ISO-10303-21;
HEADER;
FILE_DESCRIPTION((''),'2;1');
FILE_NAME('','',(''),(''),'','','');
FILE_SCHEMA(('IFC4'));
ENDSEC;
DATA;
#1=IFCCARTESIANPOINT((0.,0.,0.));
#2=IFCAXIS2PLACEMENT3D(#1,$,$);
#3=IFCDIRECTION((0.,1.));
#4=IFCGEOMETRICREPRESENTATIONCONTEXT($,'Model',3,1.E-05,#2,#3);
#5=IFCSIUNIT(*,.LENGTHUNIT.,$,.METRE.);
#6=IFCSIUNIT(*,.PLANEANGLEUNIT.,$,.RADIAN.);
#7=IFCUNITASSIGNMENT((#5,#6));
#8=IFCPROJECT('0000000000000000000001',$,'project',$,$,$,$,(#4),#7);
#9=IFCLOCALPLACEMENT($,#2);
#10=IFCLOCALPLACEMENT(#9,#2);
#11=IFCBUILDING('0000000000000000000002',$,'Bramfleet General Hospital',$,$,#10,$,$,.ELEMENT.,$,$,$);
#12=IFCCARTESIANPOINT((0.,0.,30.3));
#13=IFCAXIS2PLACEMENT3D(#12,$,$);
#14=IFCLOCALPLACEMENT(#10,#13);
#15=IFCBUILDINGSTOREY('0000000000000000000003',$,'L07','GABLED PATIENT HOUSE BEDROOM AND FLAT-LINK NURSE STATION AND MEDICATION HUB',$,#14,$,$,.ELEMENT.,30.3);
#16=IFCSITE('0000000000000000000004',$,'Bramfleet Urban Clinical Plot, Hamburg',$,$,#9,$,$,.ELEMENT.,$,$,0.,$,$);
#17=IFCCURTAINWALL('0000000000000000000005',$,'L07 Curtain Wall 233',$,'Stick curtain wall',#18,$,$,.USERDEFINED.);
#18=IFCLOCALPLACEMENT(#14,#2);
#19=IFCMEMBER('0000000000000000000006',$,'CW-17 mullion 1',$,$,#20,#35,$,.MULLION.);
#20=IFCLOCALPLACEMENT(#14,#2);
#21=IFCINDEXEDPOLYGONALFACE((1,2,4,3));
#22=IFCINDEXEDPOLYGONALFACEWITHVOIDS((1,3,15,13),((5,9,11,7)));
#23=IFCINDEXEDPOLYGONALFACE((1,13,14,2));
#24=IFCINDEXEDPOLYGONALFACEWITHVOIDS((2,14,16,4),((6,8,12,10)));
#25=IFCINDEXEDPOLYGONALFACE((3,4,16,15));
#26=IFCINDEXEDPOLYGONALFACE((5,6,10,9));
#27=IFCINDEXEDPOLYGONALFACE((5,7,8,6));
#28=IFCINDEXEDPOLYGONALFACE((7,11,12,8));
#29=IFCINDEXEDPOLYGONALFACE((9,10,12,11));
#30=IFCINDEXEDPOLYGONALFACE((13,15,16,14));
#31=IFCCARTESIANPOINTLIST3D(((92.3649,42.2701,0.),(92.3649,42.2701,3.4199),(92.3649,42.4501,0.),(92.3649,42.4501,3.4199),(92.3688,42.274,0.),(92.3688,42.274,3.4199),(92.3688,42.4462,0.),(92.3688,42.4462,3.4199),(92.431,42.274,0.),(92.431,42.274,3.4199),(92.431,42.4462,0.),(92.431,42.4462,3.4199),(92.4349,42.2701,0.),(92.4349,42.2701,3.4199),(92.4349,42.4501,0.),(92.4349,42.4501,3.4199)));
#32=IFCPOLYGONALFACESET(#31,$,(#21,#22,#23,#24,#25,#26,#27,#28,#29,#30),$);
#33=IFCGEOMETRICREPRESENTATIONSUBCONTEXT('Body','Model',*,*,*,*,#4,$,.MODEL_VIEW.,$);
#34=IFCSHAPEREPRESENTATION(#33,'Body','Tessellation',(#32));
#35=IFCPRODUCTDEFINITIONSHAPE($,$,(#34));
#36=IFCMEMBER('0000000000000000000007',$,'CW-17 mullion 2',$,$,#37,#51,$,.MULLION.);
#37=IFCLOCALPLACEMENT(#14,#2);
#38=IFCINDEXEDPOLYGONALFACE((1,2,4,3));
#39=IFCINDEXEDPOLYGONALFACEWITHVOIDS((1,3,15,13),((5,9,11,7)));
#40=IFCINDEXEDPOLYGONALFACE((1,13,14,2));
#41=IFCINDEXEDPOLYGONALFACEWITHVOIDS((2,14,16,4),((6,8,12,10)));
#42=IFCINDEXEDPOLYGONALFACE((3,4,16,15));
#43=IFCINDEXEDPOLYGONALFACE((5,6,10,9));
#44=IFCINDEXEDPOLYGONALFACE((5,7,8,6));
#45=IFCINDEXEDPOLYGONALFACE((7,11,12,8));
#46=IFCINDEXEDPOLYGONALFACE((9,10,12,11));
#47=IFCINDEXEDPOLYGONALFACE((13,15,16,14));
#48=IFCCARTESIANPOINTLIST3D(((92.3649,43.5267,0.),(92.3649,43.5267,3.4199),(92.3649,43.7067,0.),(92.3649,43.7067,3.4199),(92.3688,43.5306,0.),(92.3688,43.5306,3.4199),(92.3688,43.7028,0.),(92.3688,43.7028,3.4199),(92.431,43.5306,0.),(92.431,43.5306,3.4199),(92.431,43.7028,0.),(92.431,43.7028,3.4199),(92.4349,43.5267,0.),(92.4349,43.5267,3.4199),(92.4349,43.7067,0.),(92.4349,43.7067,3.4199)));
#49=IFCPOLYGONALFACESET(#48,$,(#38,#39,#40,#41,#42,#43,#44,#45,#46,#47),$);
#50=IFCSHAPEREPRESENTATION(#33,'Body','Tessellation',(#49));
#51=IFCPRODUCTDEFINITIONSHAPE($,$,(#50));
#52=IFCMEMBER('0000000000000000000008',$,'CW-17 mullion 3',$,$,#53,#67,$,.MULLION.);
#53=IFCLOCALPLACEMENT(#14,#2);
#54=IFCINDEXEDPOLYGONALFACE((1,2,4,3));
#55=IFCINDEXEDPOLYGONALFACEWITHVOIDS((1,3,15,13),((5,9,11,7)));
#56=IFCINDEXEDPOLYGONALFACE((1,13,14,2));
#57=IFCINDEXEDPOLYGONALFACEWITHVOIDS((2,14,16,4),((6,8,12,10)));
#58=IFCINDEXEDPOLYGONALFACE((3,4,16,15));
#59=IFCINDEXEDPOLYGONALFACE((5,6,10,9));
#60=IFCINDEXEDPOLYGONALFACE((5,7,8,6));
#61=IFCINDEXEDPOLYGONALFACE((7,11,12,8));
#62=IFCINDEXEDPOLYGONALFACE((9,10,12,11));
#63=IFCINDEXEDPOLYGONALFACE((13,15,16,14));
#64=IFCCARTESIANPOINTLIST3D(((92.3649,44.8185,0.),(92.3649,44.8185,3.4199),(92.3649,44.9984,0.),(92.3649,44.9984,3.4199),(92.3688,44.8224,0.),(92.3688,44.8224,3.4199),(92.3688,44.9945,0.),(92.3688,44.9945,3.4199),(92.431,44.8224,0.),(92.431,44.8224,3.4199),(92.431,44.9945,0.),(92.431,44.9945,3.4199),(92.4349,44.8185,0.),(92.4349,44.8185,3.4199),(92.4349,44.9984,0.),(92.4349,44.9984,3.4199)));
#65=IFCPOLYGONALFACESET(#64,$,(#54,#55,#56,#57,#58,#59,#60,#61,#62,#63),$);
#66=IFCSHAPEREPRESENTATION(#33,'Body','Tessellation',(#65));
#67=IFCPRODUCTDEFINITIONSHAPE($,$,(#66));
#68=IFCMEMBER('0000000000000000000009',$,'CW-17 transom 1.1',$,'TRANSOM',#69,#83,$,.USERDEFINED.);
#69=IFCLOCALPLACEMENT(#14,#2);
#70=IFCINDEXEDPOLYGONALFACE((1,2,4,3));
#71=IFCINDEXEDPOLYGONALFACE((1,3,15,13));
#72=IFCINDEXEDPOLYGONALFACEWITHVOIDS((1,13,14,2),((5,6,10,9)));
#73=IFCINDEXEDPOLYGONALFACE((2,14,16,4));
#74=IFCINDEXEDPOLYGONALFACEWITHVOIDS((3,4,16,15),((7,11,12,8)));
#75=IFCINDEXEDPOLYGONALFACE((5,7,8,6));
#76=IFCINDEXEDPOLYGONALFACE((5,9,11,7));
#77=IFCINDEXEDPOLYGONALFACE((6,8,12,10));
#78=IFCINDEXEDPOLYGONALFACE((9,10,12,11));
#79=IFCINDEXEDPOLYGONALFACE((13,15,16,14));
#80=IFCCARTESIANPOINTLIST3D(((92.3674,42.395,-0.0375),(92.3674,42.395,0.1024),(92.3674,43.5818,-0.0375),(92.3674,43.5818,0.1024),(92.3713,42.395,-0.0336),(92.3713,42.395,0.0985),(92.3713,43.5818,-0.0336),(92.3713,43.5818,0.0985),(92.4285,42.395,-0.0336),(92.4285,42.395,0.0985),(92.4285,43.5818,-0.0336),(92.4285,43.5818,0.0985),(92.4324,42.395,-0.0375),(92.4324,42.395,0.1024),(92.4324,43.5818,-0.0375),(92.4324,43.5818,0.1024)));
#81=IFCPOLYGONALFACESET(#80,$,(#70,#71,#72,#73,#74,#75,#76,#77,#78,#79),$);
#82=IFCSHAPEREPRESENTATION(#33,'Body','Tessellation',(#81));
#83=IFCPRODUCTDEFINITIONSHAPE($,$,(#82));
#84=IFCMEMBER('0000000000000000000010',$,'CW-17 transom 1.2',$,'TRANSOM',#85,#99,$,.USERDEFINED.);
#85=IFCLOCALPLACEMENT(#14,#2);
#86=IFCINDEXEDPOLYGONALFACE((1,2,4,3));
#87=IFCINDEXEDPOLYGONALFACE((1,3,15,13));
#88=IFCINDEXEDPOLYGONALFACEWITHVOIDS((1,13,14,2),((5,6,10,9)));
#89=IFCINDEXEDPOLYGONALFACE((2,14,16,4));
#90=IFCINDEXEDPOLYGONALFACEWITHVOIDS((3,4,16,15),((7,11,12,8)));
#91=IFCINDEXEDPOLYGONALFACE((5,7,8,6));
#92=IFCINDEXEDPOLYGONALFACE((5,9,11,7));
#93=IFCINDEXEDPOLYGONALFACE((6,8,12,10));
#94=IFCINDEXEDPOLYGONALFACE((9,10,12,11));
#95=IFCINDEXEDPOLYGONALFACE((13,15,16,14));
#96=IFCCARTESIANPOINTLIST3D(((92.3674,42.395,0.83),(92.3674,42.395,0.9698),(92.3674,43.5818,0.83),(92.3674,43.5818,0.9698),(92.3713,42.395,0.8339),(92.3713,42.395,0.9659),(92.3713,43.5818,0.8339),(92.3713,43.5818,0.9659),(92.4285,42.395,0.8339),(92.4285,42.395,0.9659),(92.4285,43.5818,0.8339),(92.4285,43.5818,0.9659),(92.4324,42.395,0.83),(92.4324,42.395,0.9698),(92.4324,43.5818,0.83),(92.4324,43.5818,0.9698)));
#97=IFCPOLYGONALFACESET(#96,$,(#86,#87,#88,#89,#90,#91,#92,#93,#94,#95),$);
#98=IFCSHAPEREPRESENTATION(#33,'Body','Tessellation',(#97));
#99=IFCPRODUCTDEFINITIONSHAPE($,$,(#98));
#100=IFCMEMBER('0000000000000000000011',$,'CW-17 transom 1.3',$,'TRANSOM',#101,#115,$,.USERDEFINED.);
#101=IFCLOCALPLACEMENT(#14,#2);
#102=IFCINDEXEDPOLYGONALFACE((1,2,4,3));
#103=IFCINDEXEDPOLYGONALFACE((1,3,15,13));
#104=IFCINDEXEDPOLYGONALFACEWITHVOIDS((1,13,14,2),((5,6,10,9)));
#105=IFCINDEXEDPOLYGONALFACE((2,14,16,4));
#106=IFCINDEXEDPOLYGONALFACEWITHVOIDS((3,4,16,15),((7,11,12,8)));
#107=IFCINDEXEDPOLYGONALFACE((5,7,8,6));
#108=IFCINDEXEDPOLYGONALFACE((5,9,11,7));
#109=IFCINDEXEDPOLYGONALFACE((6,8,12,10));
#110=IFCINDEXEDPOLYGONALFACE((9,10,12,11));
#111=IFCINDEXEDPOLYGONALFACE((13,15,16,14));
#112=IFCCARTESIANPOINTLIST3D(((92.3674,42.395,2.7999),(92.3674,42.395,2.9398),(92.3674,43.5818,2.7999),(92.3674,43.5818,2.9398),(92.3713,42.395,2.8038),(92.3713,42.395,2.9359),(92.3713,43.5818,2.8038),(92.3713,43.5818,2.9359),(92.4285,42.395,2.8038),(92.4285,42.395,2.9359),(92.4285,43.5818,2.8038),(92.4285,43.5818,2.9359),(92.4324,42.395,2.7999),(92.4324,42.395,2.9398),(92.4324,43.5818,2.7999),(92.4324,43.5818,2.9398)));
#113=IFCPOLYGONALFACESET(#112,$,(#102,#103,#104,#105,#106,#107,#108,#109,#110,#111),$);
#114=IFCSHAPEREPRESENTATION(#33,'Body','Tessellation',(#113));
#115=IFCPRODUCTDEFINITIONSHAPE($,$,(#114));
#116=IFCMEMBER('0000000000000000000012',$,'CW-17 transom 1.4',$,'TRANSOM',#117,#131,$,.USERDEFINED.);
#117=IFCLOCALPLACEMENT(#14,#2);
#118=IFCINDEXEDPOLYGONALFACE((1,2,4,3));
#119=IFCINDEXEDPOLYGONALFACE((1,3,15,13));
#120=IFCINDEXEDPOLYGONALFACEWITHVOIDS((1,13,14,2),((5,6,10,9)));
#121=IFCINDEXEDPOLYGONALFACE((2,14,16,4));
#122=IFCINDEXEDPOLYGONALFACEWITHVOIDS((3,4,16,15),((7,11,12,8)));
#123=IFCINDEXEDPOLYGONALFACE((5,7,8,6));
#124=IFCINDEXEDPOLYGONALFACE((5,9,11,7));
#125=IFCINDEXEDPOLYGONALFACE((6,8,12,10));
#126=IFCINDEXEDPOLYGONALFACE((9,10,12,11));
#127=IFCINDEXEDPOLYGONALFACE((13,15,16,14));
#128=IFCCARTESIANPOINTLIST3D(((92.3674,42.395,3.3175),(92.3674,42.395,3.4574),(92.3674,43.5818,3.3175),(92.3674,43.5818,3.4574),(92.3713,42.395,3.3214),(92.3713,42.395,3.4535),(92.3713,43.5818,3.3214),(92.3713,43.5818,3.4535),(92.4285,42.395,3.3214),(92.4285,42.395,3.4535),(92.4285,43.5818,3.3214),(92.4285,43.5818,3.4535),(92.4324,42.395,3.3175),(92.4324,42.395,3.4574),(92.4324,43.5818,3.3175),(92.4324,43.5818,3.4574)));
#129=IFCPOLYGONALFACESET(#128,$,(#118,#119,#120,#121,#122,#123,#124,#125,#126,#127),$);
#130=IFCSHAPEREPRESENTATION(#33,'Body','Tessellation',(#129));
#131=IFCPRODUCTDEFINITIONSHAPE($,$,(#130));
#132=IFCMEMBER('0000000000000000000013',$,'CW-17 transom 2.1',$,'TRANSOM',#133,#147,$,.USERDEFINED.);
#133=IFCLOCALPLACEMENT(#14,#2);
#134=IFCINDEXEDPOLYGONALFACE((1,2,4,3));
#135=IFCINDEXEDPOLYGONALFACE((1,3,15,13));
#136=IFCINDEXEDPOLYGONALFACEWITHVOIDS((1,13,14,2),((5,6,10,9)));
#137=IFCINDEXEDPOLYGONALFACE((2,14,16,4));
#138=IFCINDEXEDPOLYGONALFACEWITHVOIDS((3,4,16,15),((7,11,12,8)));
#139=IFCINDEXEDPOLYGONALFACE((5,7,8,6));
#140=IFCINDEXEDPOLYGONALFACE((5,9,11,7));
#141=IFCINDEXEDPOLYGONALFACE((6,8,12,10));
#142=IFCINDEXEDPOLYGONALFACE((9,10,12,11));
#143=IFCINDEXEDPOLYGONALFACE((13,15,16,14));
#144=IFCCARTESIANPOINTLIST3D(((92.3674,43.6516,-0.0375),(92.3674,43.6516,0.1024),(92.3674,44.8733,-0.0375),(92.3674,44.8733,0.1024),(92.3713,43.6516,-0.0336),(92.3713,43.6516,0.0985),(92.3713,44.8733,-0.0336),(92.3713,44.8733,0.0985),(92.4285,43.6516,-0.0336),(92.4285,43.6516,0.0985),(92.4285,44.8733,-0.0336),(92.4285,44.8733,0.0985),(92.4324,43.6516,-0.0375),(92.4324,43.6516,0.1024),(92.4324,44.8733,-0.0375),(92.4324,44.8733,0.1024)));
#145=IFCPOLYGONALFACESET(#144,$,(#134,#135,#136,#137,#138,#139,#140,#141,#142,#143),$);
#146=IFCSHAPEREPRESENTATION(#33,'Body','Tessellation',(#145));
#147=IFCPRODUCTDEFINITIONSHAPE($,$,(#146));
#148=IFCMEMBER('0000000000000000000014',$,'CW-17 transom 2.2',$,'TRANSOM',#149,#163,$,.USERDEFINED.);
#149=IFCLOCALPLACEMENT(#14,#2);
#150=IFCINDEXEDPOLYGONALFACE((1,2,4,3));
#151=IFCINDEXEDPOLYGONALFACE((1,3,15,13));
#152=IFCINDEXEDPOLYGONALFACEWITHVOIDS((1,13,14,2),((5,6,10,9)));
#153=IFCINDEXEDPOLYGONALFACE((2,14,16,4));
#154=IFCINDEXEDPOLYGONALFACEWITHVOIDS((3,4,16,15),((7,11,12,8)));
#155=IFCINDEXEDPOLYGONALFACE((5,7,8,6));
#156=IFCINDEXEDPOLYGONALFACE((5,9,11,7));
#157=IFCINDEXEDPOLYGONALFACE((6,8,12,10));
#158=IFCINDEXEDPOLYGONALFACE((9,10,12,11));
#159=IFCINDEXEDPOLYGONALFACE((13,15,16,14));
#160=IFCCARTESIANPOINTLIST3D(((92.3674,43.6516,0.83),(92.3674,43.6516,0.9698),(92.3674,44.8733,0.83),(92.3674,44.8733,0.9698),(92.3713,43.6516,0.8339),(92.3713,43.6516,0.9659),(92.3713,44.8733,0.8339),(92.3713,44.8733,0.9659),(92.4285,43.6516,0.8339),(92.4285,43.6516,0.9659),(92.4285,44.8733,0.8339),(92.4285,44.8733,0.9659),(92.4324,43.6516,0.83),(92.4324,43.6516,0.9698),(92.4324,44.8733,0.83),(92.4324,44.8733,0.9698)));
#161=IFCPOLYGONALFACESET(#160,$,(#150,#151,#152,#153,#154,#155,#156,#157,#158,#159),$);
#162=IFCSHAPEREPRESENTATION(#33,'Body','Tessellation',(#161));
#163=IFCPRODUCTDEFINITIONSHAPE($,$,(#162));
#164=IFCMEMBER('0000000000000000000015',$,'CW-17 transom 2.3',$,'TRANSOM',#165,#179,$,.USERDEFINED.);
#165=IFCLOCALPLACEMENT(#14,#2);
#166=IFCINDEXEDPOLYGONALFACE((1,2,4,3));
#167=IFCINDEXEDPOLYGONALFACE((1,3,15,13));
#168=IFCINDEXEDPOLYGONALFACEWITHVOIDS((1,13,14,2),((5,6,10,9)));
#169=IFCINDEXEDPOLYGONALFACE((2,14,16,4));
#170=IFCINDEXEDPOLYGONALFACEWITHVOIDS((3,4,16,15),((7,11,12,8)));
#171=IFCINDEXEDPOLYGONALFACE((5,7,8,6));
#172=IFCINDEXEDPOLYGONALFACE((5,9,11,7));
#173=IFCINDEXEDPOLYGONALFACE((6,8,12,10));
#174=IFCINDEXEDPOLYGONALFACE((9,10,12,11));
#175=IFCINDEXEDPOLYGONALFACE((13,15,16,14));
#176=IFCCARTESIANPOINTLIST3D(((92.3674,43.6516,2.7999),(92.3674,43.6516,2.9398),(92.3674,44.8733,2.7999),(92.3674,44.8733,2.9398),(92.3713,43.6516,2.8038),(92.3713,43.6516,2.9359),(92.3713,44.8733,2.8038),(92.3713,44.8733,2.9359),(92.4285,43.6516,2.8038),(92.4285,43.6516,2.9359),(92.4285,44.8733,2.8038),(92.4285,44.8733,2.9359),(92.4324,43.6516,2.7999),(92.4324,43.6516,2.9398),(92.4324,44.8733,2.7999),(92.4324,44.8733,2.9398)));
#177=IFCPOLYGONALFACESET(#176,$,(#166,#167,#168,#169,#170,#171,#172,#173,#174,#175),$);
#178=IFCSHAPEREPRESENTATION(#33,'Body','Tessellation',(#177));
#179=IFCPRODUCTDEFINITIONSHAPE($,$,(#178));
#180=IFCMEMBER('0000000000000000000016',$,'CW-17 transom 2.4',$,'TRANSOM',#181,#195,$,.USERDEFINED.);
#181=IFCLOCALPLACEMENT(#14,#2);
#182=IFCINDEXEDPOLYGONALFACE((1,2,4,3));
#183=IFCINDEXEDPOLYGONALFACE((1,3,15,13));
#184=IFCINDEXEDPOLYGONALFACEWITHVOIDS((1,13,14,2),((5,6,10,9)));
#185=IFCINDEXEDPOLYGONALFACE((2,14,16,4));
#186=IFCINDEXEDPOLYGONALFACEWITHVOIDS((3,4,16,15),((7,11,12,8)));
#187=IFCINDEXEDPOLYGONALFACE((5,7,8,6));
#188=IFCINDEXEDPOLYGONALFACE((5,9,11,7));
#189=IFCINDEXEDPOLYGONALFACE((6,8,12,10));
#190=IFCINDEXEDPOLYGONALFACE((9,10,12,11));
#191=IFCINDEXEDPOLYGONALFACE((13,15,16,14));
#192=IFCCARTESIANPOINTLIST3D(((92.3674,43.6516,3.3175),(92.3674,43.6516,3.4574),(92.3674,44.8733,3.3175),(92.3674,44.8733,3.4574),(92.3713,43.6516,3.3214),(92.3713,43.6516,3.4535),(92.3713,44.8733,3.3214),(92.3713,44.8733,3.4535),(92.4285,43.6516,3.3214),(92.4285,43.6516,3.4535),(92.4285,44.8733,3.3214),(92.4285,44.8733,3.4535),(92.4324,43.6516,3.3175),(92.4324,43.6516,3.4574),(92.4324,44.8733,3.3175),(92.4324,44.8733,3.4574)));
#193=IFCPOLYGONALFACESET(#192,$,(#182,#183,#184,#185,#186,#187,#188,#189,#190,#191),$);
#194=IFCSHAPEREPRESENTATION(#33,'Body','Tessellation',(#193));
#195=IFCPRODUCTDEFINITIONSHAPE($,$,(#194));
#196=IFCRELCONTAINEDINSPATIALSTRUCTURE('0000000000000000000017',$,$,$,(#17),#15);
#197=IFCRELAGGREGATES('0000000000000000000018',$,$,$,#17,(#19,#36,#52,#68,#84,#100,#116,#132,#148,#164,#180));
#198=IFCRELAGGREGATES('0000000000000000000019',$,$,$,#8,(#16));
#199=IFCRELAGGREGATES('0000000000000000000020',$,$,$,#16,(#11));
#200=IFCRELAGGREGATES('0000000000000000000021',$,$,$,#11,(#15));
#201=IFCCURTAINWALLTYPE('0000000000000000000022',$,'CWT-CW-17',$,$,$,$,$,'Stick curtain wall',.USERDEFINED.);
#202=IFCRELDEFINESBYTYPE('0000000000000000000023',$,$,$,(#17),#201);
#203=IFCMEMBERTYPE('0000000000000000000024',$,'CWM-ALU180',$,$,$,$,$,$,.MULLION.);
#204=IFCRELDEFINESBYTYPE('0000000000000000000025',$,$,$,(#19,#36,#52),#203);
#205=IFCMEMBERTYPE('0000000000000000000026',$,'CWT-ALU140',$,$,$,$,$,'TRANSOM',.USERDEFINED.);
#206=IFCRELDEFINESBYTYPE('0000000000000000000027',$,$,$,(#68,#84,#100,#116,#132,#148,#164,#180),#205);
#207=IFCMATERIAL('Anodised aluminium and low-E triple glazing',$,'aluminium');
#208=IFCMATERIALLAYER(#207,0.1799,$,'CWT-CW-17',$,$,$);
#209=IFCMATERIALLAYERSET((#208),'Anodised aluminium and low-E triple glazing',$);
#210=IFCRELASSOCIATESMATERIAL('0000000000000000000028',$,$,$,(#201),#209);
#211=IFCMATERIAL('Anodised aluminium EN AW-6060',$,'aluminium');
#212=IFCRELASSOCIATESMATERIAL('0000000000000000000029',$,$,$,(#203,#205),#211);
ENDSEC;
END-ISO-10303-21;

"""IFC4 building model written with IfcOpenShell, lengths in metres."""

from ifc_helpers import new_model, si_unit, direction, frame, origin, origin_2d, place, context, subcontext, project, spatial, hollow_rectangle, extrude, material, layer, layer_set, material_profile, profile_set, type_object, element, aggregate, save


model = new_model("IFC4")

# Units and contexts
model_context = context("Model", 3, precision=1e-05, world=origin(), true_north=direction((0.0, 1.0)))
body_context = subcontext(model_context, "Body", "Model", "MODEL_VIEW")
ifc_project = project(units=[si_unit("LENGTHUNIT", "METRE"), si_unit("PLANEANGLEUNIT", "RADIAN")], contexts=[model_context])

# Site, building, storey
site_placement = place(None, origin())
site = spatial("IfcSite", under=ifc_project, at=site_placement, Name="Bramfleet Urban Clinical Plot, Hamburg", CompositionType="ELEMENT", RefElevation=0.0)
building_placement = place(site_placement, origin())
building = spatial("IfcBuilding", under=site, at=building_placement, Name="Bramfleet General Hospital", CompositionType="ELEMENT")
storey_placement = place(building_placement, frame((0.0, 0.0, 30.3)))
storey = spatial("IfcBuildingStorey", under=building, at=storey_placement, Name="L07", Description="GABLED PATIENT HOUSE BEDROOM AND FLAT-LINK NURSE STATION AND MEDICATION HUB", CompositionType="ELEMENT", Elevation=30.3)

# Curtain wall, members
ifc_material_1 = material(Name="Anodised aluminium and low-E triple glazing", Category="aluminium")
ifc_layer_1 = layer(ifc_material_1, 0.1799, Name="CWT-CW-17")
ifc_layer_set_1 = layer_set([ifc_layer_1], Name="Anodised aluminium and low-E triple glazing")
curtain_wall_type = type_object("IfcCurtainWallType", Name="CWT-CW-17", ElementType="Stick curtain wall", PredefinedType="USERDEFINED", material=ifc_layer_set_1)
curtain_wall_placement = place(storey_placement, origin())
curtain_wall = element("IfcCurtainWall", 1, at=curtain_wall_placement, inside=storey, type_object=curtain_wall_type, Name="L07 Curtain Wall 233", ObjectType="Stick curtain wall", PredefinedType="USERDEFINED")
ifc_material_2 = material(Name="Anodised aluminium EN AW-6060", Category="aluminium")
ifc_material_profile_1 = material_profile(ifc_material_2, hollow_rectangle(XDim=0.0701, YDim=0.1799, WallThickness=0.0039, at=origin_2d()), Name="ALU 180x70x4.0")
ifc_profile_set_1 = profile_set([ifc_material_profile_1], Name="Anodised aluminium EN AW-6060")
member_type_1 = type_object("IfcMemberType", Name="CWM-ALU180", PredefinedType="MULLION", material=ifc_profile_set_1)
member_1_placement = place(storey_placement, frame((92.3999, 42.3601, 0.0), z_axis=(0.0, 0.0, 1.0), x_axis=(-1.0, 0.0, 0.0)))
member_1 = element("IfcMember", 2, at=member_1_placement, type_object=member_type_1, Name="CW-17 mullion 1", PredefinedType="MULLION", context=body_context, shape_type="SweptSolid", body=[
    extrude(hollow_rectangle(XDim=0.0701, YDim=0.1799, WallThickness=0.0039, at=origin_2d()), origin(), (0.0, 0.0, 1.0), 3.4199),
])
member_2_placement = place(storey_placement, frame((92.3999, 43.6167, 0.0), z_axis=(0.0, 0.0, 1.0), x_axis=(-1.0, 0.0, 0.0)))
member_2 = element("IfcMember", 3, at=member_2_placement, type_object=member_type_1, Name="CW-17 mullion 2", PredefinedType="MULLION", context=body_context, shape_type="SweptSolid", body=[
    extrude(hollow_rectangle(XDim=0.0701, YDim=0.1799, WallThickness=0.0039, at=origin_2d()), origin(), (0.0, 0.0, 1.0), 3.4199),
])
member_3_placement = place(storey_placement, frame((92.3999, 44.9084, 0.0), z_axis=(0.0, 0.0, 1.0), x_axis=(-1.0, 0.0, 0.0)))
member_3 = element("IfcMember", 4, at=member_3_placement, type_object=member_type_1, Name="CW-17 mullion 3", PredefinedType="MULLION", context=body_context, shape_type="SweptSolid", body=[
    extrude(hollow_rectangle(XDim=0.0701, YDim=0.1799, WallThickness=0.0039, at=origin_2d()), origin(), (0.0, 0.0, 1.0), 3.4199),
])
ifc_material_profile_2 = material_profile(ifc_material_2, hollow_rectangle(XDim=0.0649, YDim=0.1399, WallThickness=0.0039, at=origin_2d()), Name="ALU 140x65x4.0")
ifc_profile_set_2 = profile_set([ifc_material_profile_2], Name="Anodised aluminium EN AW-6060")
member_type_2 = type_object("IfcMemberType", Name="CWT-ALU140", ElementType="TRANSOM", PredefinedType="USERDEFINED", material=ifc_profile_set_2)
member_4_placement = place(storey_placement, frame((92.3999, 42.395, 0.0325), z_axis=(0.0, 1.0, 0.0), x_axis=(-1.0, 0.0, 0.0)))
member_4 = element("IfcMember", 5, at=member_4_placement, type_object=member_type_2, Name="CW-17 transom 1.1", ObjectType="TRANSOM", PredefinedType="USERDEFINED", context=body_context, shape_type="SweptSolid", body=[
    extrude(hollow_rectangle(XDim=0.0649, YDim=0.1399, WallThickness=0.0039, at=origin_2d()), origin(), (0.0, 0.0, 1.0), 1.1868),
])
member_5_placement = place(storey_placement, frame((92.3999, 42.395, 0.8999), z_axis=(0.0, 1.0, 0.0), x_axis=(-1.0, 0.0, 0.0)))
member_5 = element("IfcMember", 6, at=member_5_placement, type_object=member_type_2, Name="CW-17 transom 1.2", ObjectType="TRANSOM", PredefinedType="USERDEFINED", context=body_context, shape_type="SweptSolid", body=[
    extrude(hollow_rectangle(XDim=0.0649, YDim=0.1399, WallThickness=0.0039, at=origin_2d()), origin(), (0.0, 0.0, 1.0), 1.1868),
])
member_6_placement = place(storey_placement, frame((92.3999, 42.395, 2.8699), z_axis=(0.0, 1.0, 0.0), x_axis=(-1.0, 0.0, 0.0)))
member_6 = element("IfcMember", 7, at=member_6_placement, type_object=member_type_2, Name="CW-17 transom 1.3", ObjectType="TRANSOM", PredefinedType="USERDEFINED", context=body_context, shape_type="SweptSolid", body=[
    extrude(hollow_rectangle(XDim=0.0649, YDim=0.1399, WallThickness=0.0039, at=origin_2d()), origin(), (0.0, 0.0, 1.0), 1.1868),
])
member_7_placement = place(storey_placement, frame((92.3999, 42.395, 3.3875), z_axis=(0.0, 1.0, 0.0), x_axis=(-1.0, 0.0, 0.0)))
member_7 = element("IfcMember", 8, at=member_7_placement, type_object=member_type_2, Name="CW-17 transom 1.4", ObjectType="TRANSOM", PredefinedType="USERDEFINED", context=body_context, shape_type="SweptSolid", body=[
    extrude(hollow_rectangle(XDim=0.0649, YDim=0.1399, WallThickness=0.0039, at=origin_2d()), origin(), (0.0, 0.0, 1.0), 1.1868),
])
member_8_placement = place(storey_placement, frame((92.3999, 43.6516, 0.0325), z_axis=(0.0, 1.0, 0.0), x_axis=(-1.0, 0.0, 0.0)))
member_8 = element("IfcMember", 9, at=member_8_placement, type_object=member_type_2, Name="CW-17 transom 2.1", ObjectType="TRANSOM", PredefinedType="USERDEFINED", context=body_context, shape_type="SweptSolid", body=[
    extrude(hollow_rectangle(XDim=0.0649, YDim=0.1399, WallThickness=0.0039, at=origin_2d()), origin(), (0.0, 0.0, 1.0), 1.2217),
])
member_9_placement = place(storey_placement, frame((92.3999, 43.6516, 0.8999), z_axis=(0.0, 1.0, 0.0), x_axis=(-1.0, 0.0, 0.0)))
member_9 = element("IfcMember", 10, at=member_9_placement, type_object=member_type_2, Name="CW-17 transom 2.2", ObjectType="TRANSOM", PredefinedType="USERDEFINED", context=body_context, shape_type="SweptSolid", body=[
    extrude(hollow_rectangle(XDim=0.0649, YDim=0.1399, WallThickness=0.0039, at=origin_2d()), origin(), (0.0, 0.0, 1.0), 1.2217),
])
member_10_placement = place(storey_placement, frame((92.3999, 43.6516, 2.8699), z_axis=(0.0, 1.0, 0.0), x_axis=(-1.0, 0.0, 0.0)))
member_10 = element("IfcMember", 11, at=member_10_placement, type_object=member_type_2, Name="CW-17 transom 2.3", ObjectType="TRANSOM", PredefinedType="USERDEFINED", context=body_context, shape_type="SweptSolid", body=[
    extrude(hollow_rectangle(XDim=0.0649, YDim=0.1399, WallThickness=0.0039, at=origin_2d()), origin(), (0.0, 0.0, 1.0), 1.2217),
])
member_11_placement = place(storey_placement, frame((92.3999, 43.6516, 3.3875), z_axis=(0.0, 1.0, 0.0), x_axis=(-1.0, 0.0, 0.0)))
member_11 = element("IfcMember", 12, at=member_11_placement, type_object=member_type_2, Name="CW-17 transom 2.4", ObjectType="TRANSOM", PredefinedType="USERDEFINED", context=body_context, shape_type="SweptSolid", body=[
    extrude(hollow_rectangle(XDim=0.0649, YDim=0.1399, WallThickness=0.0039, at=origin_2d()), origin(), (0.0, 0.0, 1.0), 1.2217),
])
aggregate(curtain_wall, [member_1, member_2, member_3, member_4, member_5, member_6, member_7, member_8, member_9, member_10, member_11])

save(model, "model.ifc")
